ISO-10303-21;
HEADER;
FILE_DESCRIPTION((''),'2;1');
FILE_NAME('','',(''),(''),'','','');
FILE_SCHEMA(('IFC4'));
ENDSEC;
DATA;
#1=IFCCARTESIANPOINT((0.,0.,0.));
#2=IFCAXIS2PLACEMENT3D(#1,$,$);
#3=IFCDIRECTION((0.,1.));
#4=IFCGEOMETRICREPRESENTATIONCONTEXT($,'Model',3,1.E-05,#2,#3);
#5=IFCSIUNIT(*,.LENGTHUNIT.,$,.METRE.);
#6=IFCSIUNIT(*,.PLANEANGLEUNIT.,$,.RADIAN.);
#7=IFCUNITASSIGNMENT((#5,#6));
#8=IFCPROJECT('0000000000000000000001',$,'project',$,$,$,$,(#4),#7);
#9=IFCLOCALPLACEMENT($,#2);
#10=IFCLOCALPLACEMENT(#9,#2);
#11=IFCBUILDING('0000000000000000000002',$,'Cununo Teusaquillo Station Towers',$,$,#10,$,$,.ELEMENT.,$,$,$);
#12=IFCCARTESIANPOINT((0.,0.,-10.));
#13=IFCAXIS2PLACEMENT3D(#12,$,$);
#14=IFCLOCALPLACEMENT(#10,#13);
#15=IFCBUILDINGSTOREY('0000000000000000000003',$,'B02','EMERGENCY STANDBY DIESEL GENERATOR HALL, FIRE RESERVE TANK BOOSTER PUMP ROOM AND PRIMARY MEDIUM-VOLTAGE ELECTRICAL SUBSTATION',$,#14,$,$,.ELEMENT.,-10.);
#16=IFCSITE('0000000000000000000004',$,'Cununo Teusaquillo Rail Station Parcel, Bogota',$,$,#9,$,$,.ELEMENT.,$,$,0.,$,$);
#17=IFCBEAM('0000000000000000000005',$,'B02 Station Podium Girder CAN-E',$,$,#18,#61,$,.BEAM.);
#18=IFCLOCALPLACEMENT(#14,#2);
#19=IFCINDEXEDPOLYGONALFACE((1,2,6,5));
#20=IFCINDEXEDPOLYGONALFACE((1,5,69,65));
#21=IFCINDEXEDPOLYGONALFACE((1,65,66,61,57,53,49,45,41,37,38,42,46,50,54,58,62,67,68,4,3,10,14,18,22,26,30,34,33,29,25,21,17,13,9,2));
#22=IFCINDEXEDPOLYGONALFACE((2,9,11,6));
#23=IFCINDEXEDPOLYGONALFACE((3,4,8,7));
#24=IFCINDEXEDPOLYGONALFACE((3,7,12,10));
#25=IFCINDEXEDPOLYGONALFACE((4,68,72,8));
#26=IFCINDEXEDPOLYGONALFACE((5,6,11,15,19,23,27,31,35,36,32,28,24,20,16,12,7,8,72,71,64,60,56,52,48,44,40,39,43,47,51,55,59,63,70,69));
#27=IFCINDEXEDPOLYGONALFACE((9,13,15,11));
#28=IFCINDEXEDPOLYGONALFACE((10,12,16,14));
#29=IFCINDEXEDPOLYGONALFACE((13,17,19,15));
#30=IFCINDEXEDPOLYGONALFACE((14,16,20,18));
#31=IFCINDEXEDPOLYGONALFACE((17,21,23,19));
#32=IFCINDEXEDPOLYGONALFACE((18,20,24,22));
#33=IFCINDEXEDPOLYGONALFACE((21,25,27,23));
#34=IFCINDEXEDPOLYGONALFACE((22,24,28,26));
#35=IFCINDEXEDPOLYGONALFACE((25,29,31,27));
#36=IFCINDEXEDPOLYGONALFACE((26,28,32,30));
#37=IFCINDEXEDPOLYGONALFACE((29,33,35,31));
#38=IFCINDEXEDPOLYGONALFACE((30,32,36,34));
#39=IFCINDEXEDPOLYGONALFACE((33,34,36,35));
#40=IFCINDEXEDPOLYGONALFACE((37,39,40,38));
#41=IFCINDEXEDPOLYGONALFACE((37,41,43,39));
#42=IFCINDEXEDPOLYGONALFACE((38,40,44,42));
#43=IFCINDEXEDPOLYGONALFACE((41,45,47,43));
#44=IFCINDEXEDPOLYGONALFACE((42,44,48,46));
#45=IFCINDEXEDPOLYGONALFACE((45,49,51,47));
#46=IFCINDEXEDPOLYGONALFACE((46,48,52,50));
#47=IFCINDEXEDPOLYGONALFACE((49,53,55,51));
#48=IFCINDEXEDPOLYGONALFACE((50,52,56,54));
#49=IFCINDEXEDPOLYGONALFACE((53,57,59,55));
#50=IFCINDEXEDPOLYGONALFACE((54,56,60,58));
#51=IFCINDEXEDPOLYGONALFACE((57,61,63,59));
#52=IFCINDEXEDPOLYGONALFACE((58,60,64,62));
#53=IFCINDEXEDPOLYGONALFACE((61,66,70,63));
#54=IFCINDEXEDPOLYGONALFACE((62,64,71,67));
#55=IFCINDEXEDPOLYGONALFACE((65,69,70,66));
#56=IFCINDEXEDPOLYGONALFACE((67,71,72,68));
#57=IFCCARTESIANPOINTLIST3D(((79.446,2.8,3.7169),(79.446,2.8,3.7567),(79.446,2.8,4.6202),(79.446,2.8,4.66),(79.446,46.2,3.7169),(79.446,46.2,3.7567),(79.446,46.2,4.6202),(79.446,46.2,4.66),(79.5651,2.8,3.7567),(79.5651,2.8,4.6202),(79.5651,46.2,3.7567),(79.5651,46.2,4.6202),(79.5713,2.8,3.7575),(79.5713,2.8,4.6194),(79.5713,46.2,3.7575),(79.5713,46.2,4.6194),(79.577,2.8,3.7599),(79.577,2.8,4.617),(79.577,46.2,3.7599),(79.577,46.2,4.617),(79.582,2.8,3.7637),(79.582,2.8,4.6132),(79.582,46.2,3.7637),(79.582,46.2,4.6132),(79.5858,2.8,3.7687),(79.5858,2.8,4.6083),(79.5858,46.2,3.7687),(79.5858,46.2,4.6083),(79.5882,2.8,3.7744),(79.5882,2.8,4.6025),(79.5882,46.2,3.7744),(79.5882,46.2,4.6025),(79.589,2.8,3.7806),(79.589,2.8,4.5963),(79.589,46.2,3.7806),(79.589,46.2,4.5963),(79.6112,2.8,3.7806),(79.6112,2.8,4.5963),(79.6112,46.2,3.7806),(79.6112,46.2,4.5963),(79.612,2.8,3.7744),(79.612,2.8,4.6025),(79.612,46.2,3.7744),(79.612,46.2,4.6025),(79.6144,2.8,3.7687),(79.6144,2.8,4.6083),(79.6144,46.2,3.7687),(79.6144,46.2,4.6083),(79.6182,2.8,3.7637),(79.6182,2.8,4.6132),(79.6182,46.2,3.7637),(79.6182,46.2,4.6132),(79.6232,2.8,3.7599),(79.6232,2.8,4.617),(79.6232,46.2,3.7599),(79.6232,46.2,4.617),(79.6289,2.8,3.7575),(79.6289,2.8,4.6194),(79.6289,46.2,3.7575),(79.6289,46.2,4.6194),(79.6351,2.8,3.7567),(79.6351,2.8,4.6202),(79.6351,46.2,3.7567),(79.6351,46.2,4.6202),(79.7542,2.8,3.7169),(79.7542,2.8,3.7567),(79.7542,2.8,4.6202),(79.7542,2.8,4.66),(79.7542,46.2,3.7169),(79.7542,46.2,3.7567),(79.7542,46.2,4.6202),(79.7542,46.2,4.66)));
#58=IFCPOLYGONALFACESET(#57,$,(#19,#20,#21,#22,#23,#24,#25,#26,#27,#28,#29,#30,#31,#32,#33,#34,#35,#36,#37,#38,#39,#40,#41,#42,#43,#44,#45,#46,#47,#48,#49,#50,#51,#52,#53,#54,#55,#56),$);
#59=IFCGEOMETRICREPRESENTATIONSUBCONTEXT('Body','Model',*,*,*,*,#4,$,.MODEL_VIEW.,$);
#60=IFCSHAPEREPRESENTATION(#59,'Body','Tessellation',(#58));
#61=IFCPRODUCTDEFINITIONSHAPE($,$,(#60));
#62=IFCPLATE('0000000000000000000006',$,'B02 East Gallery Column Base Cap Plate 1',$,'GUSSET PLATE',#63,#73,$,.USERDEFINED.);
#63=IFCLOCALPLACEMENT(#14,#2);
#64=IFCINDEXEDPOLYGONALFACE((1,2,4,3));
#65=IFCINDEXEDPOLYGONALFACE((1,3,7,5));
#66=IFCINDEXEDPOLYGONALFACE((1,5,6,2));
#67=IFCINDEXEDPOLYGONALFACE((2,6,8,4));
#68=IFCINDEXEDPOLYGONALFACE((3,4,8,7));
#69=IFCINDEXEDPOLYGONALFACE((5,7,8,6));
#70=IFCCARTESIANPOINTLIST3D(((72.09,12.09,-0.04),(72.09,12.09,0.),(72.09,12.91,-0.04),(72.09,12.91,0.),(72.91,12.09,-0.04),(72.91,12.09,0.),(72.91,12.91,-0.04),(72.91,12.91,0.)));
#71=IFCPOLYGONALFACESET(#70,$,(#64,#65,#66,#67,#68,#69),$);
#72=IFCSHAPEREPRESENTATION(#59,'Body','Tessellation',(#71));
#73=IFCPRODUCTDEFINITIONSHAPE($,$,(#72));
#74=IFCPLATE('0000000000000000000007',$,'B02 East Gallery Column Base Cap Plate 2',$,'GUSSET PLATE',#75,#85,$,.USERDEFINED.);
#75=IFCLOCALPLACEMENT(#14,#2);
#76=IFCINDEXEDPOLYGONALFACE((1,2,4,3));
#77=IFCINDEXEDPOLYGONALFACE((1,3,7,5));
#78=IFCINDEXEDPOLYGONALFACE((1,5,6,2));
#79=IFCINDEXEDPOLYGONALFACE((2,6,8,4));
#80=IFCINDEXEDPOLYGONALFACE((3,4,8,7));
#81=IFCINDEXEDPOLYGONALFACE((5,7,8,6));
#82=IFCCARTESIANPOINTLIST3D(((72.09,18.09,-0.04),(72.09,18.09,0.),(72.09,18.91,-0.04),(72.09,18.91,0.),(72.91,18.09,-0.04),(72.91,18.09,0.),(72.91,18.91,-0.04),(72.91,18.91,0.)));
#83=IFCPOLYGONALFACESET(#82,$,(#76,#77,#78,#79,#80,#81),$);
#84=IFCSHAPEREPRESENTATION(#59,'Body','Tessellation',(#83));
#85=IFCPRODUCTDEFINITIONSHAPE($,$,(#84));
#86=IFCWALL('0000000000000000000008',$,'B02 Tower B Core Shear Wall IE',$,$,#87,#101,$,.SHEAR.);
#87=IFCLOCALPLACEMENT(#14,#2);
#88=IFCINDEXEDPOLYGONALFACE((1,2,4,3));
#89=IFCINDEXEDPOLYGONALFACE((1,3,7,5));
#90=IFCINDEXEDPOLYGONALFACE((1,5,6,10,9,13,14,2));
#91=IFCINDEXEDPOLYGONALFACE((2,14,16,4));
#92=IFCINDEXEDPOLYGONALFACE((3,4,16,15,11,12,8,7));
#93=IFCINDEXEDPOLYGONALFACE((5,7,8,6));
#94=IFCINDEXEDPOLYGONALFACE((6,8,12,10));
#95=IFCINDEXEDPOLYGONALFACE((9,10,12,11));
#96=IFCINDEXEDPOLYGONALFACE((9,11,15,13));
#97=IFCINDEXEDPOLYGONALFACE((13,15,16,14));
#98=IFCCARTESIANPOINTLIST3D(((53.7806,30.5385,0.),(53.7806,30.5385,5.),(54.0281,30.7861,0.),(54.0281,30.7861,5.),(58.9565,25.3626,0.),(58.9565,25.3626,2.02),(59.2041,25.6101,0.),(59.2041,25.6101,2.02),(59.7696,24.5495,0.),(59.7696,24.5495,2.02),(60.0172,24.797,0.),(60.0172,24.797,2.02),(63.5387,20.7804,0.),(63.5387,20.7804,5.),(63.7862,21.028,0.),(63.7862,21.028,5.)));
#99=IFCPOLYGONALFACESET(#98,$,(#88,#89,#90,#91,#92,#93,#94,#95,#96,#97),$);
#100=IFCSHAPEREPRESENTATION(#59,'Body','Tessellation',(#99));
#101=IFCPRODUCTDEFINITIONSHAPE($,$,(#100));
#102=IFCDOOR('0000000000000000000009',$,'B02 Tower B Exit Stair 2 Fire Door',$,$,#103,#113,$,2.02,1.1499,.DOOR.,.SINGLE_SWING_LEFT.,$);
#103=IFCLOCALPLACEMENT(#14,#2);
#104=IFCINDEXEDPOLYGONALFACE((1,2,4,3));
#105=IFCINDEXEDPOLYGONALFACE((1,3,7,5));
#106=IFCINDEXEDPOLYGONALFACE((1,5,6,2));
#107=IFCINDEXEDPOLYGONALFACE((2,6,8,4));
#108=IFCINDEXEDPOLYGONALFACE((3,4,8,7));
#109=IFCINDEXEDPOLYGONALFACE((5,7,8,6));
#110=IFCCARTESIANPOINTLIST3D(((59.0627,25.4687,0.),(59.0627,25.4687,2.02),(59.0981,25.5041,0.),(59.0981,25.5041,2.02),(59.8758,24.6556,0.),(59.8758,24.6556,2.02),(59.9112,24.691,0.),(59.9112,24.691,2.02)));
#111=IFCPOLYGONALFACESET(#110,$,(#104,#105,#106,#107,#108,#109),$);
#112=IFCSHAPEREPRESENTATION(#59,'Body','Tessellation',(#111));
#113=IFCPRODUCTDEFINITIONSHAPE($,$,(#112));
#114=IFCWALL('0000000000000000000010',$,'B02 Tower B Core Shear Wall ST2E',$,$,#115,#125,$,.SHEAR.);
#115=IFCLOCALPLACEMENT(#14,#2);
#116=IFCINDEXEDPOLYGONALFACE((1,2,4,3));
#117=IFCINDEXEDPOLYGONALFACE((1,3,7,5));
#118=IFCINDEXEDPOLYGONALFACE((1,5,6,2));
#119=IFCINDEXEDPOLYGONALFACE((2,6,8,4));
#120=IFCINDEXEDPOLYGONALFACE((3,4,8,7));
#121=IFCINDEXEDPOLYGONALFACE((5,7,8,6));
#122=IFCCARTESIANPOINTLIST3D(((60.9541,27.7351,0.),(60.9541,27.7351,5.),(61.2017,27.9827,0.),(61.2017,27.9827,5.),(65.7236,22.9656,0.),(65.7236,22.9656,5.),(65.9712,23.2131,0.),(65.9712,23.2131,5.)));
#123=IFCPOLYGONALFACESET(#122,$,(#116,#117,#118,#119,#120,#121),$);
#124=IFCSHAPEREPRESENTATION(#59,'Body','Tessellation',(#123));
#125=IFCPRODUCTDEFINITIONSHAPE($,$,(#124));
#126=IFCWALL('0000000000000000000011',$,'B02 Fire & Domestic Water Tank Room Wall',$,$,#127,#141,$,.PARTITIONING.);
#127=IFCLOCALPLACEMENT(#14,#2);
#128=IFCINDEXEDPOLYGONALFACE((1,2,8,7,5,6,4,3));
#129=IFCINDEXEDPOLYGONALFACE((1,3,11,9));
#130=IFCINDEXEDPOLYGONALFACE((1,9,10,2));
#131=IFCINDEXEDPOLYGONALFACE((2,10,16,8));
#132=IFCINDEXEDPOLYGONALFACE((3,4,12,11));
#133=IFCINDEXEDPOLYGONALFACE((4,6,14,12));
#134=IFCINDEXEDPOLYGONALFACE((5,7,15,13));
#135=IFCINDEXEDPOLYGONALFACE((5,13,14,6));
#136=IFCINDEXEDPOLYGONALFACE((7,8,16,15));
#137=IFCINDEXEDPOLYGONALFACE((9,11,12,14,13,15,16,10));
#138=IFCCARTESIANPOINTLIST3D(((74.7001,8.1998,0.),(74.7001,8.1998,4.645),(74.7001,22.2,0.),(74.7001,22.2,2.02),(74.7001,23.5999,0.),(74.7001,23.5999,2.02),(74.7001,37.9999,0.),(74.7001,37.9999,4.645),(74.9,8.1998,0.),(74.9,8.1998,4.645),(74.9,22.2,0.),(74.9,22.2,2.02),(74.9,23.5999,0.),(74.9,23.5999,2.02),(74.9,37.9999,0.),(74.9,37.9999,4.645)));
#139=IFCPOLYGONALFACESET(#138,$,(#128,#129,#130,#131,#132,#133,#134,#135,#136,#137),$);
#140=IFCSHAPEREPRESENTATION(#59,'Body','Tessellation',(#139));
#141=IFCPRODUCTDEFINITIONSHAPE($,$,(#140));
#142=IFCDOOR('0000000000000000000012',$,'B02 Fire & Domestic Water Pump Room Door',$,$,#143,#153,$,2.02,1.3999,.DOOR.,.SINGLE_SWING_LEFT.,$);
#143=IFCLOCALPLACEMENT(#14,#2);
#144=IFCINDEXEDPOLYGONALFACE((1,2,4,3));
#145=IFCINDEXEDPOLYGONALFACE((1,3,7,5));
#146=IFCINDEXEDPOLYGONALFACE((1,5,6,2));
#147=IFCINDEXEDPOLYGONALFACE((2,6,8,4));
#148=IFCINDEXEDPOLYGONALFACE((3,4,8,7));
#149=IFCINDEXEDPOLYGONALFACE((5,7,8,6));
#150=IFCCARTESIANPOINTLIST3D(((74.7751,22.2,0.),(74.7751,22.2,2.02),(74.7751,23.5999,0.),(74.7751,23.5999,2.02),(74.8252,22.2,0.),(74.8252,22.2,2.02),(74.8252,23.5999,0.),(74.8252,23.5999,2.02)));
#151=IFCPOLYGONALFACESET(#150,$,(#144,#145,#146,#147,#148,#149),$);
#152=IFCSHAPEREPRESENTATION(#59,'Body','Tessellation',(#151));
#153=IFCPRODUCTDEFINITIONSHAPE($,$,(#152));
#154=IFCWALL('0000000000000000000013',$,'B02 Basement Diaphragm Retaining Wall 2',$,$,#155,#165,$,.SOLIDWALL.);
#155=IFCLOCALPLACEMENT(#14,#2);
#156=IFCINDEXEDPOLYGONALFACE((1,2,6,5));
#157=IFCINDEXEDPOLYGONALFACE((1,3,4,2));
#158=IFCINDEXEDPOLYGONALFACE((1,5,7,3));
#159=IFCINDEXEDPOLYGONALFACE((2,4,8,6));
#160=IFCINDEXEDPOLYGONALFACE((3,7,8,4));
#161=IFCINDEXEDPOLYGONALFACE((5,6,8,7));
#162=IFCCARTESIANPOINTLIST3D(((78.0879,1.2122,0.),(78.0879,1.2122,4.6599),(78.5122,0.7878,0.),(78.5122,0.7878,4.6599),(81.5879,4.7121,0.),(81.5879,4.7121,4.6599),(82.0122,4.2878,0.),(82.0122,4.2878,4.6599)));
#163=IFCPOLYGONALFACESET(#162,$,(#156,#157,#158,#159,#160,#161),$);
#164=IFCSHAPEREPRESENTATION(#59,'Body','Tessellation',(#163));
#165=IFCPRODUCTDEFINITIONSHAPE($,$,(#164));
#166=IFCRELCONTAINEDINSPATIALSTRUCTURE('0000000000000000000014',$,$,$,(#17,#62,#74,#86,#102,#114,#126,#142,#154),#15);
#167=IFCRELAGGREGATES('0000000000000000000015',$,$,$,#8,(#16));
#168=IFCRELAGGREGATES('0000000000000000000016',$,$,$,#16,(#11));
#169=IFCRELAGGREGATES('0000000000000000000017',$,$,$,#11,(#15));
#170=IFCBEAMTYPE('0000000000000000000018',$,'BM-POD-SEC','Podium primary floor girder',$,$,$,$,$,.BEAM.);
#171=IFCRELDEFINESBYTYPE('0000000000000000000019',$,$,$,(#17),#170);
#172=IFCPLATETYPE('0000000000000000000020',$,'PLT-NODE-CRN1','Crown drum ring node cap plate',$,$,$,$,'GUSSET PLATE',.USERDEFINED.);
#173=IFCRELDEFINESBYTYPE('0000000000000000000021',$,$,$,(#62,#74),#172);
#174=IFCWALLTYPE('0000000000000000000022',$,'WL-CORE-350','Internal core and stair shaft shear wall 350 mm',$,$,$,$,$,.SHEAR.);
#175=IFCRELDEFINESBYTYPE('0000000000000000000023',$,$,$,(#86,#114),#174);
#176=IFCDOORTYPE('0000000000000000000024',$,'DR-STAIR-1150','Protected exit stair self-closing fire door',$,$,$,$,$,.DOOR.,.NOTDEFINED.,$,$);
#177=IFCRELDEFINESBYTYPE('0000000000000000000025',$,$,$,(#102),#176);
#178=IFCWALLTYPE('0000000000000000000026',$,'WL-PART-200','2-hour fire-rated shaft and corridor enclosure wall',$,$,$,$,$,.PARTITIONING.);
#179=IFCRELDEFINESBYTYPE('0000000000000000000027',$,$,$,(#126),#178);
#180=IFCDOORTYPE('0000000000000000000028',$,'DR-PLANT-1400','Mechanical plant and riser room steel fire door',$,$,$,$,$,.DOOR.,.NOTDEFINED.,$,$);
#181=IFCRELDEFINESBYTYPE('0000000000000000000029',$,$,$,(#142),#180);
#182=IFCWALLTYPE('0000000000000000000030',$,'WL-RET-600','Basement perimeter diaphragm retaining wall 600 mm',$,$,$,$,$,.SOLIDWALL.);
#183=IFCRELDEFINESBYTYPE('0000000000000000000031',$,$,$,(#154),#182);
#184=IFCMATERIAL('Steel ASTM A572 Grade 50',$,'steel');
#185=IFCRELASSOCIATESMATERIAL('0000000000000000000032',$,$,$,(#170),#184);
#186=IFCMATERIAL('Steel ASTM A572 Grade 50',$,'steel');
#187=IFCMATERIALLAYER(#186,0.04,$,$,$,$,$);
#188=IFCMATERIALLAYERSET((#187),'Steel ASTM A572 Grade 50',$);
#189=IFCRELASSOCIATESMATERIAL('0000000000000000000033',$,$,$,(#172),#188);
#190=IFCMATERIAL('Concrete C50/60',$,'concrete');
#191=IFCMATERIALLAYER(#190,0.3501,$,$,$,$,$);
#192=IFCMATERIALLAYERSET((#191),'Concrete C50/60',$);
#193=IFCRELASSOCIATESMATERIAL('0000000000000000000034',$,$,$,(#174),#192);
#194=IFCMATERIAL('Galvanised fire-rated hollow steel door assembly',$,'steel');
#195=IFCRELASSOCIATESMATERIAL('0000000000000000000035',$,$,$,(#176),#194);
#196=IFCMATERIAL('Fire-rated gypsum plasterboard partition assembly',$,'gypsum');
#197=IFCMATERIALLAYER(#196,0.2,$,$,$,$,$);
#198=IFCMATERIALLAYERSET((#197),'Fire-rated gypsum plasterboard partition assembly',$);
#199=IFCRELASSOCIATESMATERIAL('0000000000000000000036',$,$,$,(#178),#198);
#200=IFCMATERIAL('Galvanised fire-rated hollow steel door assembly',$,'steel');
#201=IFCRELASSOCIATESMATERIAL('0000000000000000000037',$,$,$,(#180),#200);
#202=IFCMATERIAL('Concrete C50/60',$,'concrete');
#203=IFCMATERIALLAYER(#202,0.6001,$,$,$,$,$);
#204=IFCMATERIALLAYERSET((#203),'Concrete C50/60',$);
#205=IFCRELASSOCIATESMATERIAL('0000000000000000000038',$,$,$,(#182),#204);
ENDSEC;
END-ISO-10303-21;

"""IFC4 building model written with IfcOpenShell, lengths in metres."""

from ifc_helpers import new_model, si_unit, direction, frame, frame_2d, origin, origin_2d, place, context, subcontext, project, spatial, rectangle, i_section, extrude, source, transform, mapped, material, layer, layer_set, material_profile, profile_set, type_object, element, fill, save


model = new_model("IFC4")

# Units and contexts
model_context = context("Model", 3, precision=1e-05, world=origin(), true_north=direction((0.0, 1.0)))
body_context = subcontext(model_context, "Body", "Model", "MODEL_VIEW")
ifc_project = project(units=[si_unit("LENGTHUNIT", "METRE"), si_unit("PLANEANGLEUNIT", "RADIAN")], contexts=[model_context])

# Site, building, storey
site_placement = place(None, origin())
site = spatial("IfcSite", under=ifc_project, at=site_placement, Name="Cununo Teusaquillo Rail Station Parcel, Bogota", CompositionType="ELEMENT", RefElevation=0.0)
building_placement = place(site_placement, origin())
building = spatial("IfcBuilding", under=site, at=building_placement, Name="Cununo Teusaquillo Station Towers", CompositionType="ELEMENT")
storey_placement = place(building_placement, frame((0.0, 0.0, -10.0)))
storey = spatial("IfcBuildingStorey", under=building, at=storey_placement, Name="B02", Description="EMERGENCY STANDBY DIESEL GENERATOR HALL, FIRE RESERVE TANK BOOSTER PUMP ROOM AND PRIMARY MEDIUM-VOLTAGE ELECTRICAL SUBSTATION", CompositionType="ELEMENT", Elevation=-10.0)

# Beam
ifc_material_1 = material(Name="Steel ASTM A572 Grade 50", Category="steel")
ifc_material_profile_1 = material_profile(ifc_material_1, i_section(OverallWidth=0.3081, OverallDepth=0.9431, WebThickness=0.0222, FlangeThickness=0.0398, FilletRadius=0.0239, at=origin_2d()), Name="W36X232")
ifc_profile_set_1 = profile_set([ifc_material_profile_1], Name="Steel ASTM A572 Grade 50")
beam_type_1 = type_object("IfcBeamType", Name="BM-POD-SEC", Description="Podium primary floor girder", PredefinedType="BEAM", material=ifc_profile_set_1)
beam_1_placement = place(storey_placement, frame((79.6001, 2.8, 4.1885), z_axis=(0.0, 1.0, 0.0), x_axis=(-1.0, 0.0, 0.0)))
element("IfcBeam", 1, at=beam_1_placement, inside=storey, type_object=beam_type_1, Name="B02 Station Podium Girder CAN-E", PredefinedType="BEAM", context=body_context, shape_type="SweptSolid", body=[
    extrude(i_section(OverallWidth=0.3081, OverallDepth=0.9431, WebThickness=0.0222, FlangeThickness=0.0398, FilletRadius=0.0239, at=origin_2d()), origin(), (0.0, 0.0, 1.0), 43.3999),
])

# Plates
ifc_material_2 = material(Name="Steel ASTM A572 Grade 50", Category="steel")
ifc_layer_1 = layer(ifc_material_2, 0.04)
ifc_layer_set_1 = layer_set([ifc_layer_1], Name="Steel ASTM A572 Grade 50")
plate_type = type_object("IfcPlateType", Name="PLT-NODE-CRN1", Description="Crown drum ring node cap plate", ElementType="GUSSET PLATE", PredefinedType="USERDEFINED", material=ifc_layer_set_1)
shared_shape_1 = source(origin(), body_context, "Body", "SweptSolid", [
    extrude(rectangle(XDim=0.8201, YDim=0.8201, at=origin_2d()), origin(), (0.0, 0.0, 1.0), 0.04),
])
for number, where, z_axis, x_axis, name in (
    (2, (72.5, 12.5, -0.04), (0.0, 0.0, 1.0), (1.0, 0.0, 0.0), "B02 East Gallery Column Base Cap Plate 1"),
    (3, (72.5, 18.5, -0.04), (0.0, 0.0, 1.0), (1.0, 0.0, 0.0), "B02 East Gallery Column Base Cap Plate 2"),
):
    element("IfcPlate", number, at=place(storey_placement, frame(where, z_axis=z_axis, x_axis=x_axis)), inside=storey, type_object=plate_type, Name=name, ObjectType="GUSSET PLATE", PredefinedType="USERDEFINED", context=body_context, shape_type="MappedRepresentation", body=[
        mapped(shared_shape_1, transform((0.0, 0.0, 0.0), x_axis=(1.0, 0.0, 0.0), y_axis=(0.0, 1.0, 0.0), z_axis=(0.0, 0.0, 1.0), scale=1.0)),
    ])

# Wall, opening, door
ifc_material_3 = material(Name="Concrete C50/60", Category="concrete")
ifc_layer_2 = layer(ifc_material_3, 0.3501)
ifc_layer_set_2 = layer_set([ifc_layer_2], Name="Concrete C50/60")
wall_type_1 = type_object("IfcWallType", Name="WL-CORE-350", Description="Internal core and stair shaft shear wall 350 mm", PredefinedType="SHEAR", material=ifc_layer_set_2)
wall_1_placement = place(storey_placement, frame((63.6624, 20.9043, 0.0), z_axis=(0.0, 0.0, 1.0), x_axis=(-0.707107, 0.707107, 0.0)))
wall_1 = element("IfcWall", 4, at=wall_1_placement, inside=storey, type_object=wall_type_1, Name="B02 Tower B Core Shear Wall IE", PredefinedType="SHEAR", context=body_context, shape_type="SweptSolid", body=[
    extrude(rectangle(XDim=13.8, YDim=0.3501, at=frame_2d((6.8999, 0.0))), origin(), (0.0, 0.0, 1.0), 5.0),
])
shared_shape_2 = source(origin(), body_context, "Body", "SweptSolid", [
    extrude(rectangle(XDim=1.1499, YDim=2.02, at=frame_2d((0.575, 1.01))), frame((0.0, 0.1851, 0.0), z_axis=(0.0, -1.0, 0.0), x_axis=(1.0, 0.0, 0.0)), (0.0, 0.0, 1.0), 0.3701),
])
opening_1_placement = place(wall_1_placement, frame((5.3301, 0.0, 0.0)))
opening_1 = element("IfcOpeningElement", 5, at=opening_1_placement, cuts=wall_1, PredefinedType="OPENING", context=body_context, shape_type="MappedRepresentation", body=[
    mapped(shared_shape_2, transform((0.0, 0.0, 0.0), x_axis=(1.0, 0.0, 0.0), y_axis=(0.0, 1.0, 0.0), z_axis=(0.0, 0.0, 1.0), scale=1.0)),
])
ifc_material_4 = material(Name="Galvanised fire-rated hollow steel door assembly", Category="steel")
door_type_1 = type_object("IfcDoorType", Name="DR-STAIR-1150", Description="Protected exit stair self-closing fire door", OperationType="NOTDEFINED", PredefinedType="DOOR", material=ifc_material_4)
shared_shape_3 = source(origin(), body_context, "Body", "SweptSolid", [
    extrude(rectangle(XDim=1.1499, YDim=2.02, at=frame_2d((0.575, 1.01))), frame((0.0, 0.0249, 0.0), z_axis=(0.0, -1.0, 0.0), x_axis=(1.0, 0.0, 0.0)), (0.0, 0.0, 1.0), 0.05),
])
door_1_placement = place(opening_1_placement, origin())
door_1 = element("IfcDoor", 6, at=door_1_placement, inside=storey, type_object=door_type_1, Name="B02 Tower B Exit Stair 2 Fire Door", OperationType="SINGLE_SWING_LEFT", OverallHeight=2.02, OverallWidth=1.1499, PredefinedType="DOOR", context=body_context, shape_type="MappedRepresentation", body=[
    mapped(shared_shape_3, transform((0.0, 0.0, 0.0), x_axis=(1.0, 0.0, 0.0), y_axis=(0.0, 1.0, 0.0), z_axis=(0.0, 0.0, 1.0), scale=1.0)),
])
fill(opening_1, door_1)

# Wall
wall_2_placement = place(storey_placement, frame((65.8474, 23.0894, 0.0), z_axis=(0.0, 0.0, 1.0), x_axis=(-0.707107, 0.707107, 0.0)))
element("IfcWall", 7, at=wall_2_placement, inside=storey, type_object=wall_type_1, Name="B02 Tower B Core Shear Wall ST2E", PredefinedType="SHEAR", context=body_context, shape_type="SweptSolid", body=[
    extrude(rectangle(XDim=6.7451, YDim=0.3501, at=frame_2d((3.3726, 0.0))), origin(), (0.0, 0.0, 1.0), 5.0),
])

# Wall, opening, door
ifc_material_5 = material(Name="Fire-rated gypsum plasterboard partition assembly", Category="gypsum")
ifc_layer_3 = layer(ifc_material_5, 0.2)
ifc_layer_set_3 = layer_set([ifc_layer_3], Name="Fire-rated gypsum plasterboard partition assembly")
wall_type_2 = type_object("IfcWallType", Name="WL-PART-200", Description="2-hour fire-rated shaft and corridor enclosure wall", PredefinedType="PARTITIONING", material=ifc_layer_set_3)
wall_3_placement = place(storey_placement, frame((74.8, 8.2, 0.0), z_axis=(0.0, 0.0, 1.0), x_axis=(0.0, 1.0, 0.0)))
wall_3 = element("IfcWall", 8, at=wall_3_placement, inside=storey, type_object=wall_type_2, Name="B02 Fire & Domestic Water Tank Room Wall", PredefinedType="PARTITIONING", context=body_context, shape_type="SweptSolid", body=[
    extrude(rectangle(XDim=29.8, YDim=0.2, at=frame_2d((14.8999, 0.0))), origin(), (0.0, 0.0, 1.0), 4.645),
])
shared_shape_4 = source(origin(), body_context, "Body", "SweptSolid", [
    extrude(rectangle(XDim=1.3999, YDim=2.02, at=frame_2d((0.7, 1.01))), frame((0.0, 0.1099, 0.0), z_axis=(0.0, -1.0, 0.0), x_axis=(1.0, 0.0, 0.0)), (0.0, 0.0, 1.0), 0.22),
])
opening_2_placement = place(wall_3_placement, frame((14.0, 0.0, 0.0)))
opening_2 = element("IfcOpeningElement", 9, at=opening_2_placement, cuts=wall_3, PredefinedType="OPENING", context=body_context, shape_type="MappedRepresentation", body=[
    mapped(shared_shape_4, transform((0.0, 0.0, 0.0), x_axis=(1.0, 0.0, 0.0), y_axis=(0.0, 1.0, 0.0), z_axis=(0.0, 0.0, 1.0), scale=1.0)),
])
ifc_material_6 = material(Name="Galvanised fire-rated hollow steel door assembly", Category="steel")
door_type_2 = type_object("IfcDoorType", Name="DR-PLANT-1400", Description="Mechanical plant and riser room steel fire door", OperationType="NOTDEFINED", PredefinedType="DOOR", material=ifc_material_6)
shared_shape_5 = source(origin(), body_context, "Body", "SweptSolid", [
    extrude(rectangle(XDim=1.3999, YDim=2.02, at=frame_2d((0.7, 1.01))), frame((0.0, 0.0249, 0.0), z_axis=(0.0, -1.0, 0.0), x_axis=(1.0, 0.0, 0.0)), (0.0, 0.0, 1.0), 0.05),
])
door_2_placement = place(opening_2_placement, origin())
door_2 = element("IfcDoor", 10, at=door_2_placement, inside=storey, type_object=door_type_2, Name="B02 Fire & Domestic Water Pump Room Door", OperationType="SINGLE_SWING_LEFT", OverallHeight=2.02, OverallWidth=1.3999, PredefinedType="DOOR", context=body_context, shape_type="MappedRepresentation", body=[
    mapped(shared_shape_5, transform((0.0, 0.0, 0.0), x_axis=(1.0, 0.0, 0.0), y_axis=(0.0, 1.0, 0.0), z_axis=(0.0, 0.0, 1.0), scale=1.0)),
])
fill(opening_2, door_2)

# Wall
ifc_material_7 = material(Name="Concrete C50/60", Category="concrete")
ifc_layer_4 = layer(ifc_material_7, 0.6001)
ifc_layer_set_4 = layer_set([ifc_layer_4], Name="Concrete C50/60")
wall_type_3 = type_object("IfcWallType", Name="WL-RET-600", Description="Basement perimeter diaphragm retaining wall 600 mm", PredefinedType="SOLIDWALL", material=ifc_layer_set_4)
wall_4_placement = place(storey_placement, frame((78.3, 1.0, 0.0), z_axis=(0.0, 0.0, 1.0), x_axis=(0.707107, 0.707107, 0.0)))
element("IfcWall", 11, at=wall_4_placement, inside=storey, type_object=wall_type_3, Name="B02 Basement Diaphragm Retaining Wall 2", PredefinedType="SOLIDWALL", context=body_context, shape_type="SweptSolid", body=[
    extrude(rectangle(XDim=4.9497, YDim=0.6001, at=frame_2d((2.4749, 0.0))), origin(), (0.0, 0.0, 1.0), 4.6599),
])

save(model, "model.ifc")
